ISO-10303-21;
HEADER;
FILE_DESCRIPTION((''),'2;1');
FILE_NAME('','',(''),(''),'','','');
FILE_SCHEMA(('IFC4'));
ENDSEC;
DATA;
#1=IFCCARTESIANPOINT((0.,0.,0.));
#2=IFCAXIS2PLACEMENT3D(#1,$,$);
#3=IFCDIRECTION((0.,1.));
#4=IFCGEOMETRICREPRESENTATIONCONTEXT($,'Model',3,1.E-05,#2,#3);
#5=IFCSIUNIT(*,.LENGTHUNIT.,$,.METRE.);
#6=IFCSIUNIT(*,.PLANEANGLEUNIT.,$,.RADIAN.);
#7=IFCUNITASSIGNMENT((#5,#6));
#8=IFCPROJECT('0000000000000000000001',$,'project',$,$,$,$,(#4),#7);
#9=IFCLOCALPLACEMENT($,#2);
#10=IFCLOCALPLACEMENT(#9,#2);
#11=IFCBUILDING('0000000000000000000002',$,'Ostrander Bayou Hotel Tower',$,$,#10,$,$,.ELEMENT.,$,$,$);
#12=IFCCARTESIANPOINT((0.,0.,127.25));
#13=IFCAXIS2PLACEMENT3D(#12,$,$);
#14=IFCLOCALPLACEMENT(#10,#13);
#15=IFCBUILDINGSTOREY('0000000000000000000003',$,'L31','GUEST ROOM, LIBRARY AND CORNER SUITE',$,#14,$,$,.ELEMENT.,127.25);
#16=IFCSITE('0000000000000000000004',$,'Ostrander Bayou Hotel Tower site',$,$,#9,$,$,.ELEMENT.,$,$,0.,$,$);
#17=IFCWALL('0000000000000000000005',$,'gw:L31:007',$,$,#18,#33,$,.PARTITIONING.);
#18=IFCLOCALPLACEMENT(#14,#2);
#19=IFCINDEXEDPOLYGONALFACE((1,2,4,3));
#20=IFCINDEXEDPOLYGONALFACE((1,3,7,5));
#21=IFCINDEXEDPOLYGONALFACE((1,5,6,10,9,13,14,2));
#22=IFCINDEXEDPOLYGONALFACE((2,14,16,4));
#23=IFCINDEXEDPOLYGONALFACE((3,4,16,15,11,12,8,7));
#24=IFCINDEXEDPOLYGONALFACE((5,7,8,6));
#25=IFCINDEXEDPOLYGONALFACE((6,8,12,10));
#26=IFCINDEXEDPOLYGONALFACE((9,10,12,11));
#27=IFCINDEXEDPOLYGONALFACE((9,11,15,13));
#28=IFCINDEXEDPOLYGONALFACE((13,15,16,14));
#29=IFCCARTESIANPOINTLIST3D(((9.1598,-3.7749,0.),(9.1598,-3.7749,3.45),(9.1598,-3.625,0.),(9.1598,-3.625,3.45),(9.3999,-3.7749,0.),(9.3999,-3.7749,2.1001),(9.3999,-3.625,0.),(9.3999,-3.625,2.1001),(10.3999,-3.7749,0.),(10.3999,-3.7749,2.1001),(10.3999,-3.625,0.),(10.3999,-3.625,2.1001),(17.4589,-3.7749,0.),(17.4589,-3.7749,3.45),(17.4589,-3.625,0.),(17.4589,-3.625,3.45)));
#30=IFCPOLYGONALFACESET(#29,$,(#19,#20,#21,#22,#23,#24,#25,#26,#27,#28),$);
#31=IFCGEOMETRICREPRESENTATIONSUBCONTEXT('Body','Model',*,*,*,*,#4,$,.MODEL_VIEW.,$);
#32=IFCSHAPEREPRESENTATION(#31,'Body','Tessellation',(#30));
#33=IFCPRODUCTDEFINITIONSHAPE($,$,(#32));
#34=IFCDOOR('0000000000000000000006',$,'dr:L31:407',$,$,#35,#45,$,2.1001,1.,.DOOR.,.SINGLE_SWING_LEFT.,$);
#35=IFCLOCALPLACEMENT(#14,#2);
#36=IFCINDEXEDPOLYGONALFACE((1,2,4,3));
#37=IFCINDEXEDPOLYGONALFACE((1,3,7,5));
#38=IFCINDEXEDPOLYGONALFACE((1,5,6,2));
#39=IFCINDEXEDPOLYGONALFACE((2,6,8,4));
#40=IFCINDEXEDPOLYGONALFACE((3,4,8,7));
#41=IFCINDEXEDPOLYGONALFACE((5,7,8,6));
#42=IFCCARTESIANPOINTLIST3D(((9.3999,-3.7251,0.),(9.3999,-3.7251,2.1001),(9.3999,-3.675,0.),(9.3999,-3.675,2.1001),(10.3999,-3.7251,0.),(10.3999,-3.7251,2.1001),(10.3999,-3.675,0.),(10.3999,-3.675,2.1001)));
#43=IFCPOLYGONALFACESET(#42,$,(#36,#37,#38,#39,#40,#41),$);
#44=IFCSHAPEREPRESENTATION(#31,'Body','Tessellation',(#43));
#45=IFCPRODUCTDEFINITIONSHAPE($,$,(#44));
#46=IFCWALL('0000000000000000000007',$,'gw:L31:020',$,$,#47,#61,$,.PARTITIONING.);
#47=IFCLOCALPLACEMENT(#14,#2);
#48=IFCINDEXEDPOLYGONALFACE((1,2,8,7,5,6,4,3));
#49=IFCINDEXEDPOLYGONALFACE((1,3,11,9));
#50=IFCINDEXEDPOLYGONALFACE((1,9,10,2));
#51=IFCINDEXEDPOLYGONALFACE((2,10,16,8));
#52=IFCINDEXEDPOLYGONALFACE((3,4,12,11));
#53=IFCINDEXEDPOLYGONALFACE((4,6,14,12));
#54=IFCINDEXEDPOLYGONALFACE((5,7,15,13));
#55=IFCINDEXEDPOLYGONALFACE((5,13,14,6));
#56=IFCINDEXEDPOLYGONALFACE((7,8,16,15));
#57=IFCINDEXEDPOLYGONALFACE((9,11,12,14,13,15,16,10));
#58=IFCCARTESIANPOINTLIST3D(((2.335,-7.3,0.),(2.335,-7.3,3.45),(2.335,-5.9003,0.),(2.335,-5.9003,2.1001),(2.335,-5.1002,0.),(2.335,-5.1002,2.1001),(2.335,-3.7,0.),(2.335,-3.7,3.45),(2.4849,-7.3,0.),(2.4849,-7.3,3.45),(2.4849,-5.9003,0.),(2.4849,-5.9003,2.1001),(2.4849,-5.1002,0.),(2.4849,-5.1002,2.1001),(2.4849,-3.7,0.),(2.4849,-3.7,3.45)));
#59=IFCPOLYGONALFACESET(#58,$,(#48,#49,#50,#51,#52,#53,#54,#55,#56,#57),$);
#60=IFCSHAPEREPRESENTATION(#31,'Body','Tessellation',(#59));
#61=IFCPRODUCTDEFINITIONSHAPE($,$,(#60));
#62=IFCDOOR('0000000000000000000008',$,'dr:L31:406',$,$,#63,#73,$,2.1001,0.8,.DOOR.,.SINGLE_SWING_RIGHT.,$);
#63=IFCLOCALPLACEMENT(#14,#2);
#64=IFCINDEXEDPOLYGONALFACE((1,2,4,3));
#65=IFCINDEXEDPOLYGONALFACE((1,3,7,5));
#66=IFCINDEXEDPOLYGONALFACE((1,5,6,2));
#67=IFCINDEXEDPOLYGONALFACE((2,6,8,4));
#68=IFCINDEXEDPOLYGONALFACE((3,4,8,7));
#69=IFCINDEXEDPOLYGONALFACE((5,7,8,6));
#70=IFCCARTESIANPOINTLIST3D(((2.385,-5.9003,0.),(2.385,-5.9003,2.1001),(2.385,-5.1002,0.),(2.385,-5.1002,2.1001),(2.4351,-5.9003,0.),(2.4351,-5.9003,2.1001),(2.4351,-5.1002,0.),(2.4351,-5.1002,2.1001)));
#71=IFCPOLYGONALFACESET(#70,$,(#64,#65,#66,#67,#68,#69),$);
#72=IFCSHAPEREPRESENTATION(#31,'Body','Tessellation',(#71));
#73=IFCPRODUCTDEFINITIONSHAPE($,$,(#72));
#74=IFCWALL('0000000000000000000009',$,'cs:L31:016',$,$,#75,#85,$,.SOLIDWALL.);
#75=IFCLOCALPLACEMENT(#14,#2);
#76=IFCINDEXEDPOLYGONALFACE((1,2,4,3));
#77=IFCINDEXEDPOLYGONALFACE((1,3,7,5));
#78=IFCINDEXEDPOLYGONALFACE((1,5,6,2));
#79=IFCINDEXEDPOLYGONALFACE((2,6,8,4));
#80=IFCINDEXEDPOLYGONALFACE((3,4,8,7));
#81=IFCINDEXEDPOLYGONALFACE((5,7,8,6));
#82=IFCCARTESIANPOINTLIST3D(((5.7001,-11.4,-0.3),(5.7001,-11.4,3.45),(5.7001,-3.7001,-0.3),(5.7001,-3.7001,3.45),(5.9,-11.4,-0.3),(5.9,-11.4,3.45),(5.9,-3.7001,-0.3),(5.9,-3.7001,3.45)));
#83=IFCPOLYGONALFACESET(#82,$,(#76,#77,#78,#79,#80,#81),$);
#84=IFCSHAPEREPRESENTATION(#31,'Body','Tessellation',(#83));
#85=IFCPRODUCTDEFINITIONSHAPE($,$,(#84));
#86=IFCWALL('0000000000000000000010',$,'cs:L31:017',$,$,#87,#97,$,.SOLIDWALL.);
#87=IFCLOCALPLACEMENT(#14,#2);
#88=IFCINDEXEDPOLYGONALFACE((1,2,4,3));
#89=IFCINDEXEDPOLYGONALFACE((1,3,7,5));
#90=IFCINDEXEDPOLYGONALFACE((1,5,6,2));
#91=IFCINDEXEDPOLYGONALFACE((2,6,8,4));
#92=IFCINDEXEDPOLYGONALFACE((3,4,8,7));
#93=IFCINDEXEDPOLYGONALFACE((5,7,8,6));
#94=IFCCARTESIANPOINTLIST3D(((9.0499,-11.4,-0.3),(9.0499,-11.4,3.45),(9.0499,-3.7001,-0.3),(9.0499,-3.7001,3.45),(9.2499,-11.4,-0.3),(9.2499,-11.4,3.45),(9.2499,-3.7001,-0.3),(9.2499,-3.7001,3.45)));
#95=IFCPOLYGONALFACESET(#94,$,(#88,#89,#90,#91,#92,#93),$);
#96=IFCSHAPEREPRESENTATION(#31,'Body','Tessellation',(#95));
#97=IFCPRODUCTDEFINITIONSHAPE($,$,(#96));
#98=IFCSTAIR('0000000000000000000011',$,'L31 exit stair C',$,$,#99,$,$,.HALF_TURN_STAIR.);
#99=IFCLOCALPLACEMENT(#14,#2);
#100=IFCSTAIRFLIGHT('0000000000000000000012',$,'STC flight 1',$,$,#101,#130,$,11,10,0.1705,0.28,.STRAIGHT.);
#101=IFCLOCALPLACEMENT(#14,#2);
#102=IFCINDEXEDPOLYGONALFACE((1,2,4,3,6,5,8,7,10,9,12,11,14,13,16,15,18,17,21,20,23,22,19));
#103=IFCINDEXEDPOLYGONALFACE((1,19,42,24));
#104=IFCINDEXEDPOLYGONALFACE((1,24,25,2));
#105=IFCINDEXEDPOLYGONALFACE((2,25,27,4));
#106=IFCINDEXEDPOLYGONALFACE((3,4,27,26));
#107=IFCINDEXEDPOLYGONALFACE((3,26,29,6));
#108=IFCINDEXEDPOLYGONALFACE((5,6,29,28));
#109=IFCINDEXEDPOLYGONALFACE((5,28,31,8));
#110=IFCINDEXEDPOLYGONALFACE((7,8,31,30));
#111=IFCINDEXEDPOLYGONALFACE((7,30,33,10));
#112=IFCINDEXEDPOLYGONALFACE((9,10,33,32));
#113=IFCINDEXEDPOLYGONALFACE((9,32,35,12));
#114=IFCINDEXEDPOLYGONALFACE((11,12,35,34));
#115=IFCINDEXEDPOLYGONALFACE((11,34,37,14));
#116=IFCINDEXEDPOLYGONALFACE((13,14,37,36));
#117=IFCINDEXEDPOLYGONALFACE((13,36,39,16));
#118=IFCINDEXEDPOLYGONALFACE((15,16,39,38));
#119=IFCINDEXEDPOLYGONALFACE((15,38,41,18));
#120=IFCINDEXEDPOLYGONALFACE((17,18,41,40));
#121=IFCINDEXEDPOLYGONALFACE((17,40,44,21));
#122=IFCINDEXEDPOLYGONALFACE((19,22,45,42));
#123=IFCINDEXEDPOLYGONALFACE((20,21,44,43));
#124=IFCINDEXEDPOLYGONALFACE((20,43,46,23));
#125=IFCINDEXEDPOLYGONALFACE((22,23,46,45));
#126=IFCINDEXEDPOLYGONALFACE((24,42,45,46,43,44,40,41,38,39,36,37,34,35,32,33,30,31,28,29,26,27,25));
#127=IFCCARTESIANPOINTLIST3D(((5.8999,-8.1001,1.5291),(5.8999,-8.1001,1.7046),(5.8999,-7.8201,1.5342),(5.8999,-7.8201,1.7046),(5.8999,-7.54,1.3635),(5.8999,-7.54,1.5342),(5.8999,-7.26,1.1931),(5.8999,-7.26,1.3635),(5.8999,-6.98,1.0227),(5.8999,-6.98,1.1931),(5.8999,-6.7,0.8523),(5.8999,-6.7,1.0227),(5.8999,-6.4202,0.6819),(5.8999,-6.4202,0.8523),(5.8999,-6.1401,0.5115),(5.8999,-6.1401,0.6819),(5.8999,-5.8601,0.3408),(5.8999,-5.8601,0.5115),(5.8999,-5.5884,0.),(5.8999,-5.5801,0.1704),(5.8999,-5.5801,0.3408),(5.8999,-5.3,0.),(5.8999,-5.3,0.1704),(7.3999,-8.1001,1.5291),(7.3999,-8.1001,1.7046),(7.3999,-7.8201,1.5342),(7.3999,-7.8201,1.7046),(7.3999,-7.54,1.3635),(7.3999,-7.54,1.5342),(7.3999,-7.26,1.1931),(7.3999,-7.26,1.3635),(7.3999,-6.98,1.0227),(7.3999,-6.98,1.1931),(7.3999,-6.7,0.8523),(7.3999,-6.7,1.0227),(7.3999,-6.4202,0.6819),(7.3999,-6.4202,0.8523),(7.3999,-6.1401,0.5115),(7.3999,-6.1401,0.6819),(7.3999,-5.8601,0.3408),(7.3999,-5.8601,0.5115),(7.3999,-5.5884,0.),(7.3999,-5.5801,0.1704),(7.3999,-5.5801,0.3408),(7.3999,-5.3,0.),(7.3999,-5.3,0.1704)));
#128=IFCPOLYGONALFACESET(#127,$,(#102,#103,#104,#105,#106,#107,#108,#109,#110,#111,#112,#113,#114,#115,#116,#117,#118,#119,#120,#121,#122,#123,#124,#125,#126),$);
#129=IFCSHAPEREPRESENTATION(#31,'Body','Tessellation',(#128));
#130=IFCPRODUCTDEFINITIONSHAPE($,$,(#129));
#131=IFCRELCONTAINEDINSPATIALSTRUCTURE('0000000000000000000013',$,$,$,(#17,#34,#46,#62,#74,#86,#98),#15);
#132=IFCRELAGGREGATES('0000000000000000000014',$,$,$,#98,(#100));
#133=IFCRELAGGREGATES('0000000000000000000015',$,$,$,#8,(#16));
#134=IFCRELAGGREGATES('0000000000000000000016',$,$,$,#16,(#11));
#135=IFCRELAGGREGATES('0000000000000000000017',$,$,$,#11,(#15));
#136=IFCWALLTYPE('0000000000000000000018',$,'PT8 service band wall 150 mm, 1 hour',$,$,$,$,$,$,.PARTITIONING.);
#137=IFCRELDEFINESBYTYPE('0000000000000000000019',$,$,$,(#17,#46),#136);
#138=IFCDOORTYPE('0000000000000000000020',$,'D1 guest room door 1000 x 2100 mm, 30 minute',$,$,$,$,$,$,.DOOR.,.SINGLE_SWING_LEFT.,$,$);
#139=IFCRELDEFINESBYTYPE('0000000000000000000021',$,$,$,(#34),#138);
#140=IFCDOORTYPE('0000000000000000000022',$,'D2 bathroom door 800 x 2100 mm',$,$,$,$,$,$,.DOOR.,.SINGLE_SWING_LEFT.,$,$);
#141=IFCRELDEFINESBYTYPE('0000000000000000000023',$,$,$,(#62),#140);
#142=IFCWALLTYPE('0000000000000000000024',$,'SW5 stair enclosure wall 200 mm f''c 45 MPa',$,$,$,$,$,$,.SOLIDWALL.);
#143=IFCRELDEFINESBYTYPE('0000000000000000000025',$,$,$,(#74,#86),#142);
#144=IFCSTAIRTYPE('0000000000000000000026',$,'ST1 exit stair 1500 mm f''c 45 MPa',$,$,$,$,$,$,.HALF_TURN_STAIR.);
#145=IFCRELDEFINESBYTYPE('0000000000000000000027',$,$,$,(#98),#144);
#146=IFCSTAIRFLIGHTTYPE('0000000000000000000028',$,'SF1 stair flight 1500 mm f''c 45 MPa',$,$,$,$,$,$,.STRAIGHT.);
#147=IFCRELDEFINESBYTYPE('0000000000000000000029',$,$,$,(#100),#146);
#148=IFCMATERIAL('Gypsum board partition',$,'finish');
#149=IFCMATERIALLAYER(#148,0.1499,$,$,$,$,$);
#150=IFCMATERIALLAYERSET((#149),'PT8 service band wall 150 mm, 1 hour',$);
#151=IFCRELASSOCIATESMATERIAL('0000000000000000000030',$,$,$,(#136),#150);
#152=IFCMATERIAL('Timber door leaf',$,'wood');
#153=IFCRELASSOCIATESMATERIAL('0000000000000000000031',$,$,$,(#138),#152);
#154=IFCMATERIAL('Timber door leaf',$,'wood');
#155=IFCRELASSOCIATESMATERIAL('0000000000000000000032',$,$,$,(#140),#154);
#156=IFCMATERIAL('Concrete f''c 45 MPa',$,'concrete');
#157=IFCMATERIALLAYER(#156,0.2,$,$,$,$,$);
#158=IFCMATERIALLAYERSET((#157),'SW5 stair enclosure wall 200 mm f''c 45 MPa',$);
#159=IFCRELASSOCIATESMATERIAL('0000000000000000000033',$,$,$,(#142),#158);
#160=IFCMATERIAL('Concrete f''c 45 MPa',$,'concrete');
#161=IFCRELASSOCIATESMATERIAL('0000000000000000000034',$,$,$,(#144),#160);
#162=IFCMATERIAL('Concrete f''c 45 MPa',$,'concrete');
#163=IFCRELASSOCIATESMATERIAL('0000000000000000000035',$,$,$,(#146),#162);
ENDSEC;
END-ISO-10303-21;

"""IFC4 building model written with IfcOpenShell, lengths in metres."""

from ifc_helpers import new_model, si_unit, direction, frame, frame_2d, origin, place, context, subcontext, project, spatial, polyline, rectangle, outline, extrude, material, layer, layer_set, type_object, element, fill, aggregate, save


model = new_model("IFC4")

# Units and contexts
model_context = context("Model", 3, precision=1e-05, world=origin(), true_north=direction((0.0, 1.0)))
body_context = subcontext(model_context, "Body", "Model", "MODEL_VIEW")
ifc_project = project(units=[si_unit("LENGTHUNIT", "METRE"), si_unit("PLANEANGLEUNIT", "RADIAN")], contexts=[model_context])

# Site, building, storey
site_placement = place(None, origin())
site = spatial("IfcSite", under=ifc_project, at=site_placement, Name="Ostrander Bayou Hotel Tower site", CompositionType="ELEMENT", RefElevation=0.0)
building_placement = place(site_placement, origin())
building = spatial("IfcBuilding", under=site, at=building_placement, Name="Ostrander Bayou Hotel Tower", CompositionType="ELEMENT")
storey_placement = place(building_placement, frame((0.0, 0.0, 127.25)))
storey = spatial("IfcBuildingStorey", under=building, at=storey_placement, Name="L31", Description="GUEST ROOM, LIBRARY AND CORNER SUITE", CompositionType="ELEMENT", Elevation=127.25)

# Shared definitions
ifc_material_1 = material(Name="Gypsum board partition", Category="finish")
ifc_layer_1 = layer(ifc_material_1, 0.1499)
ifc_layer_set_1 = layer_set([ifc_layer_1], Name="PT8 service band wall 150 mm, 1 hour")
wall_type_1 = type_object("IfcWallType", Name="PT8 service band wall 150 mm, 1 hour", PredefinedType="PARTITIONING", material=ifc_layer_set_1)

# Walls, openings, doors
wall_1_placement = place(storey_placement, frame((9.1599, -3.7, 0.0), z_axis=(0.0, 0.0, 1.0), x_axis=(1.0, 0.0, 0.0)))
wall_1 = element("IfcWall", 1, at=wall_1_placement, inside=storey, type_object=wall_type_1, Name="gw:L31:007", PredefinedType="PARTITIONING", context=body_context, shape_type="SweptSolid", body=[
    extrude(rectangle(XDim=8.2991, YDim=0.1499, at=frame_2d((4.1494, 0.0))), origin(), (0.0, 0.0, 1.0), 3.45),
])
opening_1_placement = place(wall_1_placement, frame((0.24, 0.0, 0.0)))
opening_1 = element("IfcOpeningElement", 2, at=opening_1_placement, cuts=wall_1, PredefinedType="OPENING", context=body_context, shape_type="SweptSolid", body=[
    extrude(rectangle(XDim=1.0, YDim=2.1001, at=frame_2d((0.5, 1.05))), frame((0.0, 0.075, 0.0), z_axis=(0.0, -1.0, 0.0), x_axis=(1.0, 0.0, 0.0)), (0.0, 0.0, 1.0), 0.1499),
])
ifc_material_2 = material(Name="Timber door leaf", Category="wood")
door_type_1 = type_object("IfcDoorType", Name="D1 guest room door 1000 x 2100 mm, 30 minute", OperationType="SINGLE_SWING_LEFT", PredefinedType="DOOR", material=ifc_material_2)
door_1_placement = place(opening_1_placement, origin())
door_1 = element("IfcDoor", 3, at=door_1_placement, inside=storey, type_object=door_type_1, Name="dr:L31:407", OperationType="SINGLE_SWING_LEFT", OverallHeight=2.1001, OverallWidth=1.0, PredefinedType="DOOR", context=body_context, shape_type="SweptSolid", body=[
    extrude(rectangle(XDim=1.0, YDim=2.1001, at=frame_2d((0.5, 1.05))), frame((0.0, 0.0249, 0.0), z_axis=(0.0, -1.0, 0.0), x_axis=(1.0, 0.0, 0.0)), (0.0, 0.0, 1.0), 0.05),
])
fill(opening_1, door_1)
wall_2_placement = place(storey_placement, frame((2.4099, -7.3, 0.0), z_axis=(0.0, 0.0, 1.0), x_axis=(0.0, 1.0, 0.0)))
wall_2 = element("IfcWall", 4, at=wall_2_placement, inside=storey, type_object=wall_type_1, Name="gw:L31:020", PredefinedType="PARTITIONING", context=body_context, shape_type="SweptSolid", body=[
    extrude(rectangle(XDim=3.6001, YDim=0.1499, at=frame_2d((1.8, 0.0))), origin(), (0.0, 0.0, 1.0), 3.45),
])
opening_2_placement = place(wall_2_placement, frame((1.3999, 0.0, 0.0)))
opening_2 = element("IfcOpeningElement", 5, at=opening_2_placement, cuts=wall_2, PredefinedType="OPENING", context=body_context, shape_type="SweptSolid", body=[
    extrude(rectangle(XDim=0.8, YDim=2.1001, at=frame_2d((0.3999, 1.05))), frame((0.0, 0.075, 0.0), z_axis=(0.0, -1.0, 0.0), x_axis=(1.0, 0.0, 0.0)), (0.0, 0.0, 1.0), 0.1499),
])
ifc_material_3 = material(Name="Timber door leaf", Category="wood")
door_type_2 = type_object("IfcDoorType", Name="D2 bathroom door 800 x 2100 mm", OperationType="SINGLE_SWING_LEFT", PredefinedType="DOOR", material=ifc_material_3)
door_2_placement = place(opening_2_placement, origin())
door_2 = element("IfcDoor", 6, at=door_2_placement, inside=storey, type_object=door_type_2, Name="dr:L31:406", OperationType="SINGLE_SWING_RIGHT", OverallHeight=2.1001, OverallWidth=0.8, PredefinedType="DOOR", context=body_context, shape_type="SweptSolid", body=[
    extrude(rectangle(XDim=0.8, YDim=2.1001, at=frame_2d((0.3999, 1.05))), frame((0.0, 0.0249, 0.0), z_axis=(0.0, -1.0, 0.0), x_axis=(1.0, 0.0, 0.0)), (0.0, 0.0, 1.0), 0.05),
])
fill(opening_2, door_2)
ifc_material_4 = material(Name="Concrete f'c 45 MPa", Category="concrete")
ifc_layer_2 = layer(ifc_material_4, 0.2)
ifc_layer_set_2 = layer_set([ifc_layer_2], Name="SW5 stair enclosure wall 200 mm f'c 45 MPa")
wall_type_2 = type_object("IfcWallType", Name="SW5 stair enclosure wall 200 mm f'c 45 MPa", PredefinedType="SOLIDWALL", material=ifc_layer_set_2)

# Walls
for number, where, z_axis, x_axis, name in (
    (7, (5.8, -3.7, -0.3), (0.0, 0.0, 1.0), (0.0, -1.0, 0.0), "cs:L31:016"),
    (8, (9.1499, -3.7, -0.3), (0.0, 0.0, 1.0), (0.0, -1.0, 0.0), "cs:L31:017"),
):
    element("IfcWall", number, at=place(storey_placement, frame(where, z_axis=z_axis, x_axis=x_axis)), inside=storey, type_object=wall_type_2, Name=name, PredefinedType="SOLIDWALL", context=body_context, shape_type="SweptSolid", body=[
        extrude(rectangle(XDim=7.7, YDim=0.2, at=frame_2d((3.8501, 0.0))), origin(), (0.0, 0.0, 1.0), 3.75),
    ])

# Stair, stair flight
ifc_material_5 = material(Name="Concrete f'c 45 MPa", Category="concrete")
stair_type = type_object("IfcStairType", Name="ST1 exit stair 1500 mm f'c 45 MPa", PredefinedType="HALF_TURN_STAIR", material=ifc_material_5)
stair_placement = place(storey_placement, origin())
stair = element("IfcStair", 9, at=stair_placement, inside=storey, type_object=stair_type, Name="L31 exit stair C", PredefinedType="HALF_TURN_STAIR")
ifc_material_6 = material(Name="Concrete f'c 45 MPa", Category="concrete")
stair_flight_type = type_object("IfcStairFlightType", Name="SF1 stair flight 1500 mm f'c 45 MPa", PredefinedType="STRAIGHT", material=ifc_material_6)
stair_flight_placement = place(storey_placement, frame((6.6499, -5.3, 0.0), z_axis=(0.0, 0.0, 1.0), x_axis=(0.0, -1.0, 0.0)))
stair_flight = element("IfcStairFlight", 10, at=stair_flight_placement, type_object=stair_flight_type, Name="STC flight 1", NumberOfRisers=11, NumberOfTreads=10, PredefinedType="STRAIGHT", RiserHeight=0.1705, TreadLength=0.28, context=body_context, shape_type="SweptSolid", body=[
    extrude(outline(polyline([(0.0, 0.0), (0.0, 0.1704), (0.28, 0.1704), (0.28, 0.3408), (0.5601, 0.3408), (0.5601, 0.5115), (0.8401, 0.5115), (0.8401, 0.6819), (1.1201, 0.6819), (1.1201, 0.8523), (1.3999, 0.8523), (1.3999, 1.0227), (1.6799, 1.0227), (1.6799, 1.1931), (1.96, 1.1931), (1.96, 1.3635), (2.24, 1.3635), (2.24, 1.5342), (2.52, 1.5342), (2.52, 1.7046), (2.8, 1.7046), (2.8, 1.875), (2.8, 1.5291), (0.2883, 0.0), (0.0, 0.0)])), frame((0.0, 0.75, 0.0), z_axis=(0.0, -1.0, 0.0), x_axis=(1.0, 0.0, 0.0)), (0.0, 0.0, 1.0), 1.5),
])
aggregate(stair, [stair_flight])

save(model, "model.ifc")
